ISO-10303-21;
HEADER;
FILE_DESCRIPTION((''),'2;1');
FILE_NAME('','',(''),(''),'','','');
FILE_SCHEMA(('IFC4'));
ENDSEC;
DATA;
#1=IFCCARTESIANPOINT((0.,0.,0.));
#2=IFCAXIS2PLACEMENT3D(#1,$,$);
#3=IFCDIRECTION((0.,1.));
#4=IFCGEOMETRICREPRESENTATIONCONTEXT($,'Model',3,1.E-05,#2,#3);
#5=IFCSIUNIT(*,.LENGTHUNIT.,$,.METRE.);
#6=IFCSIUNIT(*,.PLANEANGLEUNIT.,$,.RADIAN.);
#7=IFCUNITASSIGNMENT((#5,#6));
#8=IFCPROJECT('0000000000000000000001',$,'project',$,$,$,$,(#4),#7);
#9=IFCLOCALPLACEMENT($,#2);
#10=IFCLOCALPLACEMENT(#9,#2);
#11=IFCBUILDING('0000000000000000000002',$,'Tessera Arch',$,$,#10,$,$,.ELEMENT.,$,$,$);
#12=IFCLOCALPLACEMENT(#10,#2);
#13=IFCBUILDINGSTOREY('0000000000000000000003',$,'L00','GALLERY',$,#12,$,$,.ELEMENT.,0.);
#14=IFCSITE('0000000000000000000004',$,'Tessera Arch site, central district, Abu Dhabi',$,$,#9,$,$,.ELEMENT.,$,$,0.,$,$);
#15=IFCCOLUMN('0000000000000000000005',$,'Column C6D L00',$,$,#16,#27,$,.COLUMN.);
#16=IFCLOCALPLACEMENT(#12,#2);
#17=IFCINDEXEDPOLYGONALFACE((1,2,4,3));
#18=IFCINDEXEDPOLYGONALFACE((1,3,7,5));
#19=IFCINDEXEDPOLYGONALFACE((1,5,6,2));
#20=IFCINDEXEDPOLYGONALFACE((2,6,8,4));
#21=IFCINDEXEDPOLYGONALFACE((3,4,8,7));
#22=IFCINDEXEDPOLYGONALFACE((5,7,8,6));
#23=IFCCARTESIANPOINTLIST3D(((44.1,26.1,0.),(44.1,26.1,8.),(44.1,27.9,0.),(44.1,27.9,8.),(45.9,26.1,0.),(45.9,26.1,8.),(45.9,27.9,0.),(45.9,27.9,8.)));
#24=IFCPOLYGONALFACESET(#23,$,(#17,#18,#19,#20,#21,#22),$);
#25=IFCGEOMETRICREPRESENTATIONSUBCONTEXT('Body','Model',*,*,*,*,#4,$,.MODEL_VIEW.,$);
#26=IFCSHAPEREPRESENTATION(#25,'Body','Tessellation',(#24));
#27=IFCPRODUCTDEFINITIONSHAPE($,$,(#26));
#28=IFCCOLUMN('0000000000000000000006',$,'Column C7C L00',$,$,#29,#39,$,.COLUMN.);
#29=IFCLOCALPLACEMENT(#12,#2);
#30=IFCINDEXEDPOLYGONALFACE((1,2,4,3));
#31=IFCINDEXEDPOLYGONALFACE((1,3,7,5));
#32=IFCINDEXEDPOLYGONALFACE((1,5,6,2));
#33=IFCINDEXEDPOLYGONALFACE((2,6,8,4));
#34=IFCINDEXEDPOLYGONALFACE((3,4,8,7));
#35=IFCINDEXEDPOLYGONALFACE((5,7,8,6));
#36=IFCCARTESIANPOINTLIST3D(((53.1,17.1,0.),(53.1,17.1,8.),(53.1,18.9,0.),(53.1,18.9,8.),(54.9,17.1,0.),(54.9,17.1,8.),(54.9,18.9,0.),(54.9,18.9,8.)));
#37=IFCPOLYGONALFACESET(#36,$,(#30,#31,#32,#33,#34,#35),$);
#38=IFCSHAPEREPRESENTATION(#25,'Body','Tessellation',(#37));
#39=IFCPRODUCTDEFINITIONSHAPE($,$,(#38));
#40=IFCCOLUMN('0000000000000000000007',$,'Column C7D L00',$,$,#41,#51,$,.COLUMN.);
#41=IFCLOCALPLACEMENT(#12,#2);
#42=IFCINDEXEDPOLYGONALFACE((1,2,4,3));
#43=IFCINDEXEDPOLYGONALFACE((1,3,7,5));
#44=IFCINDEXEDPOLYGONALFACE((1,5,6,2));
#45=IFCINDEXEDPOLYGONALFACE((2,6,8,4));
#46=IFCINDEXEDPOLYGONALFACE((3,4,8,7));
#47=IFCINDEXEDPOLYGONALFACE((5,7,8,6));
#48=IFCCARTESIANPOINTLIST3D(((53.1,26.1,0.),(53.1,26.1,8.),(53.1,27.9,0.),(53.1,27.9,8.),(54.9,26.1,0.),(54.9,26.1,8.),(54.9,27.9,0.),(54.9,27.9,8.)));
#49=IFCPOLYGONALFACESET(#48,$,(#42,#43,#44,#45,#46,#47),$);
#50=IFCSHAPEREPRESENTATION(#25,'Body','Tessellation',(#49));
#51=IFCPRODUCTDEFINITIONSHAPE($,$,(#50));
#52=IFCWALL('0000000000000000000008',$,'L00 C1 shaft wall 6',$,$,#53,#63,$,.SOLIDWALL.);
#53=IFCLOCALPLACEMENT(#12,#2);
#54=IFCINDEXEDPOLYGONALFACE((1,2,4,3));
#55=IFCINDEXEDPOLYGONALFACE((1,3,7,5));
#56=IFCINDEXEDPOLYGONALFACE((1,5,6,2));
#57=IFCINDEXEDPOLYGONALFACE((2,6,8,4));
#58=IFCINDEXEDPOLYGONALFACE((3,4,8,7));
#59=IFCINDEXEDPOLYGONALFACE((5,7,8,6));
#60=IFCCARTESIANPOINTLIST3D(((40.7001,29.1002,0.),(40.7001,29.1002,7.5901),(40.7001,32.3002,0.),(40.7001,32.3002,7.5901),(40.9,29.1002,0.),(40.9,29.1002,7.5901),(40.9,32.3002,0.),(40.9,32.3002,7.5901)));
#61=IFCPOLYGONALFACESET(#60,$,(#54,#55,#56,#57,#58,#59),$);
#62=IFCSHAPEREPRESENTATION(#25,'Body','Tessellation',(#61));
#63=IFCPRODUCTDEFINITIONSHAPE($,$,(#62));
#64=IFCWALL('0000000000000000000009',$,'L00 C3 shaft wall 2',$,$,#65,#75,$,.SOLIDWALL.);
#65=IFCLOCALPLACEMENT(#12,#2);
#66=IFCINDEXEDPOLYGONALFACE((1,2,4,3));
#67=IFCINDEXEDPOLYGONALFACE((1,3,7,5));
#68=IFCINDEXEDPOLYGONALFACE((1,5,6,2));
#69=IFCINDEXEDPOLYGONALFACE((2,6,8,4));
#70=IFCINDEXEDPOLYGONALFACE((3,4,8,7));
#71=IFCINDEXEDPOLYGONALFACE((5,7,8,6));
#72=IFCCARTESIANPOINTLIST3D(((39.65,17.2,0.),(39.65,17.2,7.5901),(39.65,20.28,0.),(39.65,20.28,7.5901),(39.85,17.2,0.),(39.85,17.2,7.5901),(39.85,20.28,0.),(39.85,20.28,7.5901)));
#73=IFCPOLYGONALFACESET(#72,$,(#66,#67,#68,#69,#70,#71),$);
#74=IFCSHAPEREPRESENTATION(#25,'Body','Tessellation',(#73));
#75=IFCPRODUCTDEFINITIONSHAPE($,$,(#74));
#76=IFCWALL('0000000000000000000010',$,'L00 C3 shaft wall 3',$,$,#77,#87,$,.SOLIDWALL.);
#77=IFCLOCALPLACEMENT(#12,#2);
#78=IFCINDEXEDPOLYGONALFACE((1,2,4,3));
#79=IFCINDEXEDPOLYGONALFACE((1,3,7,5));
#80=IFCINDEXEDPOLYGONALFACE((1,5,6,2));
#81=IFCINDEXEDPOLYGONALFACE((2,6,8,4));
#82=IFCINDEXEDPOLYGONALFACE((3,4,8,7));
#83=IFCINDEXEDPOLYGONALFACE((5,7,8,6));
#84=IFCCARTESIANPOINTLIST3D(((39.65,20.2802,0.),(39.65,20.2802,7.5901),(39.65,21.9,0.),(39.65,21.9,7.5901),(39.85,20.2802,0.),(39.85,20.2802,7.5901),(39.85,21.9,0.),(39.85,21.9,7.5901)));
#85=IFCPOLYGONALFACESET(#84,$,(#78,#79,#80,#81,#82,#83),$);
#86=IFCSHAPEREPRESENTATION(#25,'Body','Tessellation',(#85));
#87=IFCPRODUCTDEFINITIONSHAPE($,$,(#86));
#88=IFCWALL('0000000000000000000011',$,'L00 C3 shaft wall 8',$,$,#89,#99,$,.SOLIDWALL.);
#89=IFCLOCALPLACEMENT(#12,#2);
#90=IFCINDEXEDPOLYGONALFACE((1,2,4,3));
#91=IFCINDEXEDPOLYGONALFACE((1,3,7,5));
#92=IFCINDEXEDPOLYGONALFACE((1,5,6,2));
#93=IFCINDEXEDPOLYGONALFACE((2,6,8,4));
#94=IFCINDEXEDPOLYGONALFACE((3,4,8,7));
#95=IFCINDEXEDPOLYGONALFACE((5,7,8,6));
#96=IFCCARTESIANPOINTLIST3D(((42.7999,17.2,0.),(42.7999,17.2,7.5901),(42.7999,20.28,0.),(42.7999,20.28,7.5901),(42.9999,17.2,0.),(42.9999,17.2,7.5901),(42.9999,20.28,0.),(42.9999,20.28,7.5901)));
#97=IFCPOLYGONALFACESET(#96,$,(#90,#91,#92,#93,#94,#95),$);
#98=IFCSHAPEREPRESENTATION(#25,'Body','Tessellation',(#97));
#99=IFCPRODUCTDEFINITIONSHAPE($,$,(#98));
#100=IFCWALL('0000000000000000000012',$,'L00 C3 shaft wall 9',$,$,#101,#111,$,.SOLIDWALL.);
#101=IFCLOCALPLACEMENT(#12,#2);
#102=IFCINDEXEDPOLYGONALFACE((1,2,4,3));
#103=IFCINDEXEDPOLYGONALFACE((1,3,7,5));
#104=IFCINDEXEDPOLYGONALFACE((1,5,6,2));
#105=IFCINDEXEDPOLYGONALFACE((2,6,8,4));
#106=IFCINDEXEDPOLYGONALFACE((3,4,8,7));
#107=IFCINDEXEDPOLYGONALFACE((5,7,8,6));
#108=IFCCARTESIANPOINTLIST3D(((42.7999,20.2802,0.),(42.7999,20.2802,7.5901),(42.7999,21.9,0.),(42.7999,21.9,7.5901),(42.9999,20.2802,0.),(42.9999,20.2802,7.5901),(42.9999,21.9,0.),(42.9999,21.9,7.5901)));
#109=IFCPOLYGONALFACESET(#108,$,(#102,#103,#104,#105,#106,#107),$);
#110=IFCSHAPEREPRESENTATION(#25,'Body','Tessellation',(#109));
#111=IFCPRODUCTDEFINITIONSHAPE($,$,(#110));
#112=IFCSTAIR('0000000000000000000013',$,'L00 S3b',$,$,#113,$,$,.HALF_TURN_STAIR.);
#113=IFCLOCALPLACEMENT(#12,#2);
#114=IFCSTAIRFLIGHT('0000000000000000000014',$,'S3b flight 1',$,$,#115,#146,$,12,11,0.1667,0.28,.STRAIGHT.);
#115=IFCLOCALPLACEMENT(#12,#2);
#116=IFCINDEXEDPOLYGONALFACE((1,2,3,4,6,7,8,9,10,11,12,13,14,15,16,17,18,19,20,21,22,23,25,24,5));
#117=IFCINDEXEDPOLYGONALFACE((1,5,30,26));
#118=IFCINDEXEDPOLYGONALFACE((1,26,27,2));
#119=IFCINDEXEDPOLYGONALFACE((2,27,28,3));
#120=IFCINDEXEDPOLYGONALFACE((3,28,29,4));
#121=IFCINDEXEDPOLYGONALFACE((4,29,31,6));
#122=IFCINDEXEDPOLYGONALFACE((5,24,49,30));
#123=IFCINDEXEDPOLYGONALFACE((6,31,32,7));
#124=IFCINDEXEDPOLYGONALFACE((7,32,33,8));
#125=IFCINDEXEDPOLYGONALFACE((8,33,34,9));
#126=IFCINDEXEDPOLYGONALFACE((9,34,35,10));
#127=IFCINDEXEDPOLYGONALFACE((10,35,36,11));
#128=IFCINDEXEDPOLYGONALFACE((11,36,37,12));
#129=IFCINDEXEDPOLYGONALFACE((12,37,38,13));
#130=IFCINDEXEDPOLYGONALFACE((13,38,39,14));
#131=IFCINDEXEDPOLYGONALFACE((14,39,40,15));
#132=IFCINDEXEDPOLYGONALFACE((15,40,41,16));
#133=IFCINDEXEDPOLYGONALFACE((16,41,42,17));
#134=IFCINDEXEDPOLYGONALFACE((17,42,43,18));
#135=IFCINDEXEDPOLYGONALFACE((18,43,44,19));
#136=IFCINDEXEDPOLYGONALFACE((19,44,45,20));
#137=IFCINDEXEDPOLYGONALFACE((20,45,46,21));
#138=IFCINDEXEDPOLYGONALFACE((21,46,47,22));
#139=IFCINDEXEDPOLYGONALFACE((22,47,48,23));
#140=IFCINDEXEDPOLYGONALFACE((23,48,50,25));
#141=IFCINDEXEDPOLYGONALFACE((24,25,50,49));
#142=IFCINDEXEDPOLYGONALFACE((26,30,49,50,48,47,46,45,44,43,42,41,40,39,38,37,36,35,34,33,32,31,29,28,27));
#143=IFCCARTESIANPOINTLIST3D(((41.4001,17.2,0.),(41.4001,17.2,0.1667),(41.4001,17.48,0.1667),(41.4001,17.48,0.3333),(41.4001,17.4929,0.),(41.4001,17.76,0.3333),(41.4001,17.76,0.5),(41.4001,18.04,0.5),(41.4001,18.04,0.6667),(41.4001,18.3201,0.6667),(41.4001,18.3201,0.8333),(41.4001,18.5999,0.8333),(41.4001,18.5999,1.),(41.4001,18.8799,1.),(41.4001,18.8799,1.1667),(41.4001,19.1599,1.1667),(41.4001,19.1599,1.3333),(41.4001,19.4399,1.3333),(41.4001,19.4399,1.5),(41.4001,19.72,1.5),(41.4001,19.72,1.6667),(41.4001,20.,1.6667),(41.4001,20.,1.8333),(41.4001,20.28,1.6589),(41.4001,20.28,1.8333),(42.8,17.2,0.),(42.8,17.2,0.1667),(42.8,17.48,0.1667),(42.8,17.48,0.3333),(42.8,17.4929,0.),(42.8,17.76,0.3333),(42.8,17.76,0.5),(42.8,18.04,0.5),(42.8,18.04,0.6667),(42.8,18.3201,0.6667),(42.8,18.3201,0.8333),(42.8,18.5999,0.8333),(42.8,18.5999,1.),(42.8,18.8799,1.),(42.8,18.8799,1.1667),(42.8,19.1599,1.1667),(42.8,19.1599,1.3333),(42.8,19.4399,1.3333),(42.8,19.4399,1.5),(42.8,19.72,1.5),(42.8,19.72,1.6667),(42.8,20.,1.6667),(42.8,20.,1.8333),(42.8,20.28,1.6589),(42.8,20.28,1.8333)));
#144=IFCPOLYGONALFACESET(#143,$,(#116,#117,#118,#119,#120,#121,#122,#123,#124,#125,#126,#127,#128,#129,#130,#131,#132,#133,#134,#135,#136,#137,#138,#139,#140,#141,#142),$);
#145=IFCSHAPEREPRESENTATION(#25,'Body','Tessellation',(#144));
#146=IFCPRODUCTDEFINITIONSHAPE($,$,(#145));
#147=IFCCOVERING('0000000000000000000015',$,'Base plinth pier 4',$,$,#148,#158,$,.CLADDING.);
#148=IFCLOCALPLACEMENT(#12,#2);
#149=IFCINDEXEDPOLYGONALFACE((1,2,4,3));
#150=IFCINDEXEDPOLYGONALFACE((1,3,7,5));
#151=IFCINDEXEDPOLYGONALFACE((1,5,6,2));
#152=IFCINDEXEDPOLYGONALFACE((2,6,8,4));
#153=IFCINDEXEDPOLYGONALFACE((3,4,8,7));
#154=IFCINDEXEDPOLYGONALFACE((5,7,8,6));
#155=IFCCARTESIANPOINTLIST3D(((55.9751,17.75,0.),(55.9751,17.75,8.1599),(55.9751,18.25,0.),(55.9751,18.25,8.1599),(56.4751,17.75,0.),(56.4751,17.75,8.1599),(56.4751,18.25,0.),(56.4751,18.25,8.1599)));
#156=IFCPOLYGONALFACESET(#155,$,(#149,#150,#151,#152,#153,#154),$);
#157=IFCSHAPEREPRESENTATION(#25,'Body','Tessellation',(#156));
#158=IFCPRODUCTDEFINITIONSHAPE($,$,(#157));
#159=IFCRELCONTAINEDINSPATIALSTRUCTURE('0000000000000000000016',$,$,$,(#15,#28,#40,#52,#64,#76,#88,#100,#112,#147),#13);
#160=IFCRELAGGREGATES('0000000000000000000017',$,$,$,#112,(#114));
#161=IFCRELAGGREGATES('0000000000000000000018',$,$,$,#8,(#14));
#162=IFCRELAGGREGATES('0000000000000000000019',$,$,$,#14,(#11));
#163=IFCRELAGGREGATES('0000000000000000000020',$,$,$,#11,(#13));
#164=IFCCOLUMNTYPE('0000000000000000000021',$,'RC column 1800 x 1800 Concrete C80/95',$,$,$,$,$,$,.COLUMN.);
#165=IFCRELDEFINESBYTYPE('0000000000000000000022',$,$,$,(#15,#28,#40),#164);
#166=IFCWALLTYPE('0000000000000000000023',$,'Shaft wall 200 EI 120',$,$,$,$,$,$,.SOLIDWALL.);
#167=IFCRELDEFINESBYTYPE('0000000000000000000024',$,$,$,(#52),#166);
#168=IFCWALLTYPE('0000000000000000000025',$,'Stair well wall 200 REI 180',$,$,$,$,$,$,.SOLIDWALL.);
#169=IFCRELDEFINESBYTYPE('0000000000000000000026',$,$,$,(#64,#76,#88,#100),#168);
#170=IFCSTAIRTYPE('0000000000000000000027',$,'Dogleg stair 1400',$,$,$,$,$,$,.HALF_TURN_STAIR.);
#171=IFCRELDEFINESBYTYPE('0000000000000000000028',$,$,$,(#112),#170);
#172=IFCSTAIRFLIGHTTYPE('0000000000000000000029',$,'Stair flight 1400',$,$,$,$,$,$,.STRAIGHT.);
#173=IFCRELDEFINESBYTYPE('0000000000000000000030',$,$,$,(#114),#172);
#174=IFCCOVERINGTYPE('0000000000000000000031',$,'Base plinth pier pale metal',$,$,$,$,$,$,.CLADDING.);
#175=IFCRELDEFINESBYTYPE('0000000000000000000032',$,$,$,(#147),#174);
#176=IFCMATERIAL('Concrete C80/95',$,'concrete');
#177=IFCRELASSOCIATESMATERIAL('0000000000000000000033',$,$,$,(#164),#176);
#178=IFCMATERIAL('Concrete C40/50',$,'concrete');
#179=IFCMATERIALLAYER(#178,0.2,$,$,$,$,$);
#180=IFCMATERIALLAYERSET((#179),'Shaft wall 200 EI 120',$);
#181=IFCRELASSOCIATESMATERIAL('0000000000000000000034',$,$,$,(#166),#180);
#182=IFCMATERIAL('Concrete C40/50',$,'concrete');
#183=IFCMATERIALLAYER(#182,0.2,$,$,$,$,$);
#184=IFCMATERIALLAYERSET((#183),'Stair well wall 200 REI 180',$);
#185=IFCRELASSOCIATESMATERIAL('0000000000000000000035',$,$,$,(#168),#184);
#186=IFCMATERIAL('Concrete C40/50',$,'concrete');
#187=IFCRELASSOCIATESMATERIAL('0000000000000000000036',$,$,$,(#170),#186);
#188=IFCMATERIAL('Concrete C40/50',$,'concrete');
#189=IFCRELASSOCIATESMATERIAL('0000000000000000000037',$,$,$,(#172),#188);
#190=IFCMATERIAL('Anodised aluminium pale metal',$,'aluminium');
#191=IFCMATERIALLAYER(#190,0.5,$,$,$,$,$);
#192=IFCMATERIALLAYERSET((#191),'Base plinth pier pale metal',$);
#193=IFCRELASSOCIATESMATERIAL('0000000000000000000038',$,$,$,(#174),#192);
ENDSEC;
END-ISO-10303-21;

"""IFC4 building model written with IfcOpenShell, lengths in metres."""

from ifc_helpers import new_model, si_unit, direction, frame, frame_2d, origin, origin_2d, place, context, subcontext, project, spatial, polyline, rectangle, outline, extrude, material, layer, layer_set, material_profile, profile_set, type_object, element, aggregate, save


model = new_model("IFC4")

# Units and contexts
model_context = context("Model", 3, precision=1e-05, world=origin(), true_north=direction((0.0, 1.0)))
body_context = subcontext(model_context, "Body", "Model", "MODEL_VIEW")
ifc_project = project(units=[si_unit("LENGTHUNIT", "METRE"), si_unit("PLANEANGLEUNIT", "RADIAN")], contexts=[model_context])

# Site, building, storey
site_placement = place(None, origin())
site = spatial("IfcSite", under=ifc_project, at=site_placement, Name="Tessera Arch site, central district, Abu Dhabi", CompositionType="ELEMENT", RefElevation=0.0)
building_placement = place(site_placement, origin())
building = spatial("IfcBuilding", under=site, at=building_placement, Name="Tessera Arch", CompositionType="ELEMENT")
storey_placement = place(building_placement, origin())
storey = spatial("IfcBuildingStorey", under=building, at=storey_placement, Name="L00", Description="GALLERY", CompositionType="ELEMENT", Elevation=0.0)

# Columns
ifc_material_1 = material(Name="Concrete C80/95", Category="concrete")
ifc_material_profile = material_profile(ifc_material_1, rectangle(XDim=1.8, YDim=1.8, at=origin_2d()), Name="RC column 1800 x 1800 Concrete C80/95")
ifc_profile_set = profile_set([ifc_material_profile], Name="Concrete C80/95")
column_type = type_object("IfcColumnType", Name="RC column 1800 x 1800 Concrete C80/95", PredefinedType="COLUMN", material=ifc_profile_set)
for number, where, z_axis, x_axis, name in (
    (1, (45.0, 27.0, 0.0), (0.0, 0.0, 1.0), (1.0, 0.0, 0.0), "Column C6D L00"),
    (2, (54.0, 18.0, 0.0), (0.0, 0.0, 1.0), (1.0, 0.0, 0.0), "Column C7C L00"),
    (3, (54.0, 27.0, 0.0), (0.0, 0.0, 1.0), (1.0, 0.0, 0.0), "Column C7D L00"),
):
    element("IfcColumn", number, at=place(storey_placement, frame(where, z_axis=z_axis, x_axis=x_axis)), inside=storey, type_object=column_type, Name=name, PredefinedType="COLUMN", context=body_context, shape_type="SweptSolid", body=[
        extrude(rectangle(XDim=1.8, YDim=1.8, at=origin_2d()), origin(), (0.0, 0.0, 1.0), 8.0),
    ])

# Walls
ifc_material_2 = material(Name="Concrete C40/50", Category="concrete")
ifc_layer_1 = layer(ifc_material_2, 0.2)
ifc_layer_set_1 = layer_set([ifc_layer_1], Name="Shaft wall 200 EI 120")
wall_type_1 = type_object("IfcWallType", Name="Shaft wall 200 EI 120", PredefinedType="SOLIDWALL", material=ifc_layer_set_1)
wall_1_placement = place(storey_placement, frame((40.8, 29.1001, 0.0), z_axis=(0.0, 0.0, 1.0), x_axis=(0.0, 1.0, 0.0)))
element("IfcWall", 4, at=wall_1_placement, inside=storey, type_object=wall_type_1, Name="L00 C1 shaft wall 6", PredefinedType="SOLIDWALL", context=body_context, shape_type="SweptSolid", body=[
    extrude(rectangle(XDim=3.2, YDim=0.2, at=frame_2d((1.6001, 0.0))), origin(), (0.0, 0.0, 1.0), 7.5901),
])
ifc_material_3 = material(Name="Concrete C40/50", Category="concrete")
ifc_layer_2 = layer(ifc_material_3, 0.2)
ifc_layer_set_2 = layer_set([ifc_layer_2], Name="Stair well wall 200 REI 180")
wall_type_2 = type_object("IfcWallType", Name="Stair well wall 200 REI 180", PredefinedType="SOLIDWALL", material=ifc_layer_set_2)
wall_2_placement = place(storey_placement, frame((39.75, 17.2, 0.0), z_axis=(0.0, 0.0, 1.0), x_axis=(0.0, 1.0, 0.0)))
element("IfcWall", 5, at=wall_2_placement, inside=storey, type_object=wall_type_2, Name="L00 C3 shaft wall 2", PredefinedType="SOLIDWALL", context=body_context, shape_type="SweptSolid", body=[
    extrude(rectangle(XDim=3.0801, YDim=0.2, at=frame_2d((1.54, 0.0))), origin(), (0.0, 0.0, 1.0), 7.5901),
])
wall_3_placement = place(storey_placement, frame((39.75, 20.28, 0.0), z_axis=(0.0, 0.0, 1.0), x_axis=(0.0, 1.0, 0.0)))
element("IfcWall", 6, at=wall_3_placement, inside=storey, type_object=wall_type_2, Name="L00 C3 shaft wall 3", PredefinedType="SOLIDWALL", context=body_context, shape_type="SweptSolid", body=[
    extrude(rectangle(XDim=1.6199, YDim=0.2, at=frame_2d((0.8101, 0.0))), origin(), (0.0, 0.0, 1.0), 7.5901),
])
wall_4_placement = place(storey_placement, frame((42.8999, 17.2, 0.0), z_axis=(0.0, 0.0, 1.0), x_axis=(0.0, 1.0, 0.0)))
element("IfcWall", 7, at=wall_4_placement, inside=storey, type_object=wall_type_2, Name="L00 C3 shaft wall 8", PredefinedType="SOLIDWALL", context=body_context, shape_type="SweptSolid", body=[
    extrude(rectangle(XDim=3.0801, YDim=0.2, at=frame_2d((1.54, 0.0))), origin(), (0.0, 0.0, 1.0), 7.5901),
])
wall_5_placement = place(storey_placement, frame((42.8999, 20.28, 0.0), z_axis=(0.0, 0.0, 1.0), x_axis=(0.0, 1.0, 0.0)))
element("IfcWall", 8, at=wall_5_placement, inside=storey, type_object=wall_type_2, Name="L00 C3 shaft wall 9", PredefinedType="SOLIDWALL", context=body_context, shape_type="SweptSolid", body=[
    extrude(rectangle(XDim=1.6199, YDim=0.2, at=frame_2d((0.8101, 0.0))), origin(), (0.0, 0.0, 1.0), 7.5901),
])

# Stair, stair flight
ifc_material_4 = material(Name="Concrete C40/50", Category="concrete")
stair_type = type_object("IfcStairType", Name="Dogleg stair 1400", PredefinedType="HALF_TURN_STAIR", material=ifc_material_4)
stair_placement = place(storey_placement, origin())
stair = element("IfcStair", 9, at=stair_placement, inside=storey, type_object=stair_type, Name="L00 S3b", PredefinedType="HALF_TURN_STAIR")
ifc_material_5 = material(Name="Concrete C40/50", Category="concrete")
stair_flight_type = type_object("IfcStairFlightType", Name="Stair flight 1400", PredefinedType="STRAIGHT", material=ifc_material_5)
stair_flight_placement = place(storey_placement, frame((42.1001, 17.2, 0.0), z_axis=(0.0, 0.0, 1.0), x_axis=(0.0, 1.0, 0.0)))
stair_flight = element("IfcStairFlight", 10, at=stair_flight_placement, type_object=stair_flight_type, Name="S3b flight 1", NumberOfRisers=12, NumberOfTreads=11, PredefinedType="STRAIGHT", RiserHeight=0.1667, TreadLength=0.28, context=body_context, shape_type="SweptSolid", body=[
    extrude(outline(polyline([(0.0, 0.0), (0.0, 0.1667), (0.28, 0.1667), (0.28, 0.3333), (0.5601, 0.3333), (0.5601, 0.5), (0.8401, 0.5), (0.8401, 0.6667), (1.1201, 0.6667), (1.1201, 0.8333), (1.3999, 0.8333), (1.3999, 1.0), (1.6799, 1.0), (1.6799, 1.1667), (1.96, 1.1667), (1.96, 1.3333), (2.24, 1.3333), (2.24, 1.5), (2.52, 1.5), (2.52, 1.6667), (2.8, 1.6667), (2.8, 1.8333), (3.0801, 1.8333), (3.0801, 2.0), (3.0801, 1.6589), (0.293, 0.0), (0.0, 0.0)])), frame((0.0, 0.7, 0.0), z_axis=(0.0, -1.0, 0.0), x_axis=(1.0, 0.0, 0.0)), (0.0, 0.0, 1.0), 1.3999),
])
aggregate(stair, [stair_flight])

# Covering
ifc_material_6 = material(Name="Anodised aluminium pale metal", Category="aluminium")
ifc_layer_3 = layer(ifc_material_6, 0.5)
ifc_layer_set_3 = layer_set([ifc_layer_3], Name="Base plinth pier pale metal")
covering_type = type_object("IfcCoveringType", Name="Base plinth pier pale metal", PredefinedType="CLADDING", material=ifc_layer_set_3)
covering_placement = place(storey_placement, frame((56.2251, 18.0, 0.0), z_axis=(0.0, 0.0, 1.0), x_axis=(0.0, 1.0, 0.0)))
element("IfcCovering", 11, at=covering_placement, inside=storey, type_object=covering_type, Name="Base plinth pier 4", PredefinedType="CLADDING", context=body_context, shape_type="SweptSolid", body=[
    extrude(rectangle(XDim=0.5, YDim=0.5, at=origin_2d()), origin(), (0.0, 0.0, 1.0), 8.1599),
])

save(model, "model.ifc")
